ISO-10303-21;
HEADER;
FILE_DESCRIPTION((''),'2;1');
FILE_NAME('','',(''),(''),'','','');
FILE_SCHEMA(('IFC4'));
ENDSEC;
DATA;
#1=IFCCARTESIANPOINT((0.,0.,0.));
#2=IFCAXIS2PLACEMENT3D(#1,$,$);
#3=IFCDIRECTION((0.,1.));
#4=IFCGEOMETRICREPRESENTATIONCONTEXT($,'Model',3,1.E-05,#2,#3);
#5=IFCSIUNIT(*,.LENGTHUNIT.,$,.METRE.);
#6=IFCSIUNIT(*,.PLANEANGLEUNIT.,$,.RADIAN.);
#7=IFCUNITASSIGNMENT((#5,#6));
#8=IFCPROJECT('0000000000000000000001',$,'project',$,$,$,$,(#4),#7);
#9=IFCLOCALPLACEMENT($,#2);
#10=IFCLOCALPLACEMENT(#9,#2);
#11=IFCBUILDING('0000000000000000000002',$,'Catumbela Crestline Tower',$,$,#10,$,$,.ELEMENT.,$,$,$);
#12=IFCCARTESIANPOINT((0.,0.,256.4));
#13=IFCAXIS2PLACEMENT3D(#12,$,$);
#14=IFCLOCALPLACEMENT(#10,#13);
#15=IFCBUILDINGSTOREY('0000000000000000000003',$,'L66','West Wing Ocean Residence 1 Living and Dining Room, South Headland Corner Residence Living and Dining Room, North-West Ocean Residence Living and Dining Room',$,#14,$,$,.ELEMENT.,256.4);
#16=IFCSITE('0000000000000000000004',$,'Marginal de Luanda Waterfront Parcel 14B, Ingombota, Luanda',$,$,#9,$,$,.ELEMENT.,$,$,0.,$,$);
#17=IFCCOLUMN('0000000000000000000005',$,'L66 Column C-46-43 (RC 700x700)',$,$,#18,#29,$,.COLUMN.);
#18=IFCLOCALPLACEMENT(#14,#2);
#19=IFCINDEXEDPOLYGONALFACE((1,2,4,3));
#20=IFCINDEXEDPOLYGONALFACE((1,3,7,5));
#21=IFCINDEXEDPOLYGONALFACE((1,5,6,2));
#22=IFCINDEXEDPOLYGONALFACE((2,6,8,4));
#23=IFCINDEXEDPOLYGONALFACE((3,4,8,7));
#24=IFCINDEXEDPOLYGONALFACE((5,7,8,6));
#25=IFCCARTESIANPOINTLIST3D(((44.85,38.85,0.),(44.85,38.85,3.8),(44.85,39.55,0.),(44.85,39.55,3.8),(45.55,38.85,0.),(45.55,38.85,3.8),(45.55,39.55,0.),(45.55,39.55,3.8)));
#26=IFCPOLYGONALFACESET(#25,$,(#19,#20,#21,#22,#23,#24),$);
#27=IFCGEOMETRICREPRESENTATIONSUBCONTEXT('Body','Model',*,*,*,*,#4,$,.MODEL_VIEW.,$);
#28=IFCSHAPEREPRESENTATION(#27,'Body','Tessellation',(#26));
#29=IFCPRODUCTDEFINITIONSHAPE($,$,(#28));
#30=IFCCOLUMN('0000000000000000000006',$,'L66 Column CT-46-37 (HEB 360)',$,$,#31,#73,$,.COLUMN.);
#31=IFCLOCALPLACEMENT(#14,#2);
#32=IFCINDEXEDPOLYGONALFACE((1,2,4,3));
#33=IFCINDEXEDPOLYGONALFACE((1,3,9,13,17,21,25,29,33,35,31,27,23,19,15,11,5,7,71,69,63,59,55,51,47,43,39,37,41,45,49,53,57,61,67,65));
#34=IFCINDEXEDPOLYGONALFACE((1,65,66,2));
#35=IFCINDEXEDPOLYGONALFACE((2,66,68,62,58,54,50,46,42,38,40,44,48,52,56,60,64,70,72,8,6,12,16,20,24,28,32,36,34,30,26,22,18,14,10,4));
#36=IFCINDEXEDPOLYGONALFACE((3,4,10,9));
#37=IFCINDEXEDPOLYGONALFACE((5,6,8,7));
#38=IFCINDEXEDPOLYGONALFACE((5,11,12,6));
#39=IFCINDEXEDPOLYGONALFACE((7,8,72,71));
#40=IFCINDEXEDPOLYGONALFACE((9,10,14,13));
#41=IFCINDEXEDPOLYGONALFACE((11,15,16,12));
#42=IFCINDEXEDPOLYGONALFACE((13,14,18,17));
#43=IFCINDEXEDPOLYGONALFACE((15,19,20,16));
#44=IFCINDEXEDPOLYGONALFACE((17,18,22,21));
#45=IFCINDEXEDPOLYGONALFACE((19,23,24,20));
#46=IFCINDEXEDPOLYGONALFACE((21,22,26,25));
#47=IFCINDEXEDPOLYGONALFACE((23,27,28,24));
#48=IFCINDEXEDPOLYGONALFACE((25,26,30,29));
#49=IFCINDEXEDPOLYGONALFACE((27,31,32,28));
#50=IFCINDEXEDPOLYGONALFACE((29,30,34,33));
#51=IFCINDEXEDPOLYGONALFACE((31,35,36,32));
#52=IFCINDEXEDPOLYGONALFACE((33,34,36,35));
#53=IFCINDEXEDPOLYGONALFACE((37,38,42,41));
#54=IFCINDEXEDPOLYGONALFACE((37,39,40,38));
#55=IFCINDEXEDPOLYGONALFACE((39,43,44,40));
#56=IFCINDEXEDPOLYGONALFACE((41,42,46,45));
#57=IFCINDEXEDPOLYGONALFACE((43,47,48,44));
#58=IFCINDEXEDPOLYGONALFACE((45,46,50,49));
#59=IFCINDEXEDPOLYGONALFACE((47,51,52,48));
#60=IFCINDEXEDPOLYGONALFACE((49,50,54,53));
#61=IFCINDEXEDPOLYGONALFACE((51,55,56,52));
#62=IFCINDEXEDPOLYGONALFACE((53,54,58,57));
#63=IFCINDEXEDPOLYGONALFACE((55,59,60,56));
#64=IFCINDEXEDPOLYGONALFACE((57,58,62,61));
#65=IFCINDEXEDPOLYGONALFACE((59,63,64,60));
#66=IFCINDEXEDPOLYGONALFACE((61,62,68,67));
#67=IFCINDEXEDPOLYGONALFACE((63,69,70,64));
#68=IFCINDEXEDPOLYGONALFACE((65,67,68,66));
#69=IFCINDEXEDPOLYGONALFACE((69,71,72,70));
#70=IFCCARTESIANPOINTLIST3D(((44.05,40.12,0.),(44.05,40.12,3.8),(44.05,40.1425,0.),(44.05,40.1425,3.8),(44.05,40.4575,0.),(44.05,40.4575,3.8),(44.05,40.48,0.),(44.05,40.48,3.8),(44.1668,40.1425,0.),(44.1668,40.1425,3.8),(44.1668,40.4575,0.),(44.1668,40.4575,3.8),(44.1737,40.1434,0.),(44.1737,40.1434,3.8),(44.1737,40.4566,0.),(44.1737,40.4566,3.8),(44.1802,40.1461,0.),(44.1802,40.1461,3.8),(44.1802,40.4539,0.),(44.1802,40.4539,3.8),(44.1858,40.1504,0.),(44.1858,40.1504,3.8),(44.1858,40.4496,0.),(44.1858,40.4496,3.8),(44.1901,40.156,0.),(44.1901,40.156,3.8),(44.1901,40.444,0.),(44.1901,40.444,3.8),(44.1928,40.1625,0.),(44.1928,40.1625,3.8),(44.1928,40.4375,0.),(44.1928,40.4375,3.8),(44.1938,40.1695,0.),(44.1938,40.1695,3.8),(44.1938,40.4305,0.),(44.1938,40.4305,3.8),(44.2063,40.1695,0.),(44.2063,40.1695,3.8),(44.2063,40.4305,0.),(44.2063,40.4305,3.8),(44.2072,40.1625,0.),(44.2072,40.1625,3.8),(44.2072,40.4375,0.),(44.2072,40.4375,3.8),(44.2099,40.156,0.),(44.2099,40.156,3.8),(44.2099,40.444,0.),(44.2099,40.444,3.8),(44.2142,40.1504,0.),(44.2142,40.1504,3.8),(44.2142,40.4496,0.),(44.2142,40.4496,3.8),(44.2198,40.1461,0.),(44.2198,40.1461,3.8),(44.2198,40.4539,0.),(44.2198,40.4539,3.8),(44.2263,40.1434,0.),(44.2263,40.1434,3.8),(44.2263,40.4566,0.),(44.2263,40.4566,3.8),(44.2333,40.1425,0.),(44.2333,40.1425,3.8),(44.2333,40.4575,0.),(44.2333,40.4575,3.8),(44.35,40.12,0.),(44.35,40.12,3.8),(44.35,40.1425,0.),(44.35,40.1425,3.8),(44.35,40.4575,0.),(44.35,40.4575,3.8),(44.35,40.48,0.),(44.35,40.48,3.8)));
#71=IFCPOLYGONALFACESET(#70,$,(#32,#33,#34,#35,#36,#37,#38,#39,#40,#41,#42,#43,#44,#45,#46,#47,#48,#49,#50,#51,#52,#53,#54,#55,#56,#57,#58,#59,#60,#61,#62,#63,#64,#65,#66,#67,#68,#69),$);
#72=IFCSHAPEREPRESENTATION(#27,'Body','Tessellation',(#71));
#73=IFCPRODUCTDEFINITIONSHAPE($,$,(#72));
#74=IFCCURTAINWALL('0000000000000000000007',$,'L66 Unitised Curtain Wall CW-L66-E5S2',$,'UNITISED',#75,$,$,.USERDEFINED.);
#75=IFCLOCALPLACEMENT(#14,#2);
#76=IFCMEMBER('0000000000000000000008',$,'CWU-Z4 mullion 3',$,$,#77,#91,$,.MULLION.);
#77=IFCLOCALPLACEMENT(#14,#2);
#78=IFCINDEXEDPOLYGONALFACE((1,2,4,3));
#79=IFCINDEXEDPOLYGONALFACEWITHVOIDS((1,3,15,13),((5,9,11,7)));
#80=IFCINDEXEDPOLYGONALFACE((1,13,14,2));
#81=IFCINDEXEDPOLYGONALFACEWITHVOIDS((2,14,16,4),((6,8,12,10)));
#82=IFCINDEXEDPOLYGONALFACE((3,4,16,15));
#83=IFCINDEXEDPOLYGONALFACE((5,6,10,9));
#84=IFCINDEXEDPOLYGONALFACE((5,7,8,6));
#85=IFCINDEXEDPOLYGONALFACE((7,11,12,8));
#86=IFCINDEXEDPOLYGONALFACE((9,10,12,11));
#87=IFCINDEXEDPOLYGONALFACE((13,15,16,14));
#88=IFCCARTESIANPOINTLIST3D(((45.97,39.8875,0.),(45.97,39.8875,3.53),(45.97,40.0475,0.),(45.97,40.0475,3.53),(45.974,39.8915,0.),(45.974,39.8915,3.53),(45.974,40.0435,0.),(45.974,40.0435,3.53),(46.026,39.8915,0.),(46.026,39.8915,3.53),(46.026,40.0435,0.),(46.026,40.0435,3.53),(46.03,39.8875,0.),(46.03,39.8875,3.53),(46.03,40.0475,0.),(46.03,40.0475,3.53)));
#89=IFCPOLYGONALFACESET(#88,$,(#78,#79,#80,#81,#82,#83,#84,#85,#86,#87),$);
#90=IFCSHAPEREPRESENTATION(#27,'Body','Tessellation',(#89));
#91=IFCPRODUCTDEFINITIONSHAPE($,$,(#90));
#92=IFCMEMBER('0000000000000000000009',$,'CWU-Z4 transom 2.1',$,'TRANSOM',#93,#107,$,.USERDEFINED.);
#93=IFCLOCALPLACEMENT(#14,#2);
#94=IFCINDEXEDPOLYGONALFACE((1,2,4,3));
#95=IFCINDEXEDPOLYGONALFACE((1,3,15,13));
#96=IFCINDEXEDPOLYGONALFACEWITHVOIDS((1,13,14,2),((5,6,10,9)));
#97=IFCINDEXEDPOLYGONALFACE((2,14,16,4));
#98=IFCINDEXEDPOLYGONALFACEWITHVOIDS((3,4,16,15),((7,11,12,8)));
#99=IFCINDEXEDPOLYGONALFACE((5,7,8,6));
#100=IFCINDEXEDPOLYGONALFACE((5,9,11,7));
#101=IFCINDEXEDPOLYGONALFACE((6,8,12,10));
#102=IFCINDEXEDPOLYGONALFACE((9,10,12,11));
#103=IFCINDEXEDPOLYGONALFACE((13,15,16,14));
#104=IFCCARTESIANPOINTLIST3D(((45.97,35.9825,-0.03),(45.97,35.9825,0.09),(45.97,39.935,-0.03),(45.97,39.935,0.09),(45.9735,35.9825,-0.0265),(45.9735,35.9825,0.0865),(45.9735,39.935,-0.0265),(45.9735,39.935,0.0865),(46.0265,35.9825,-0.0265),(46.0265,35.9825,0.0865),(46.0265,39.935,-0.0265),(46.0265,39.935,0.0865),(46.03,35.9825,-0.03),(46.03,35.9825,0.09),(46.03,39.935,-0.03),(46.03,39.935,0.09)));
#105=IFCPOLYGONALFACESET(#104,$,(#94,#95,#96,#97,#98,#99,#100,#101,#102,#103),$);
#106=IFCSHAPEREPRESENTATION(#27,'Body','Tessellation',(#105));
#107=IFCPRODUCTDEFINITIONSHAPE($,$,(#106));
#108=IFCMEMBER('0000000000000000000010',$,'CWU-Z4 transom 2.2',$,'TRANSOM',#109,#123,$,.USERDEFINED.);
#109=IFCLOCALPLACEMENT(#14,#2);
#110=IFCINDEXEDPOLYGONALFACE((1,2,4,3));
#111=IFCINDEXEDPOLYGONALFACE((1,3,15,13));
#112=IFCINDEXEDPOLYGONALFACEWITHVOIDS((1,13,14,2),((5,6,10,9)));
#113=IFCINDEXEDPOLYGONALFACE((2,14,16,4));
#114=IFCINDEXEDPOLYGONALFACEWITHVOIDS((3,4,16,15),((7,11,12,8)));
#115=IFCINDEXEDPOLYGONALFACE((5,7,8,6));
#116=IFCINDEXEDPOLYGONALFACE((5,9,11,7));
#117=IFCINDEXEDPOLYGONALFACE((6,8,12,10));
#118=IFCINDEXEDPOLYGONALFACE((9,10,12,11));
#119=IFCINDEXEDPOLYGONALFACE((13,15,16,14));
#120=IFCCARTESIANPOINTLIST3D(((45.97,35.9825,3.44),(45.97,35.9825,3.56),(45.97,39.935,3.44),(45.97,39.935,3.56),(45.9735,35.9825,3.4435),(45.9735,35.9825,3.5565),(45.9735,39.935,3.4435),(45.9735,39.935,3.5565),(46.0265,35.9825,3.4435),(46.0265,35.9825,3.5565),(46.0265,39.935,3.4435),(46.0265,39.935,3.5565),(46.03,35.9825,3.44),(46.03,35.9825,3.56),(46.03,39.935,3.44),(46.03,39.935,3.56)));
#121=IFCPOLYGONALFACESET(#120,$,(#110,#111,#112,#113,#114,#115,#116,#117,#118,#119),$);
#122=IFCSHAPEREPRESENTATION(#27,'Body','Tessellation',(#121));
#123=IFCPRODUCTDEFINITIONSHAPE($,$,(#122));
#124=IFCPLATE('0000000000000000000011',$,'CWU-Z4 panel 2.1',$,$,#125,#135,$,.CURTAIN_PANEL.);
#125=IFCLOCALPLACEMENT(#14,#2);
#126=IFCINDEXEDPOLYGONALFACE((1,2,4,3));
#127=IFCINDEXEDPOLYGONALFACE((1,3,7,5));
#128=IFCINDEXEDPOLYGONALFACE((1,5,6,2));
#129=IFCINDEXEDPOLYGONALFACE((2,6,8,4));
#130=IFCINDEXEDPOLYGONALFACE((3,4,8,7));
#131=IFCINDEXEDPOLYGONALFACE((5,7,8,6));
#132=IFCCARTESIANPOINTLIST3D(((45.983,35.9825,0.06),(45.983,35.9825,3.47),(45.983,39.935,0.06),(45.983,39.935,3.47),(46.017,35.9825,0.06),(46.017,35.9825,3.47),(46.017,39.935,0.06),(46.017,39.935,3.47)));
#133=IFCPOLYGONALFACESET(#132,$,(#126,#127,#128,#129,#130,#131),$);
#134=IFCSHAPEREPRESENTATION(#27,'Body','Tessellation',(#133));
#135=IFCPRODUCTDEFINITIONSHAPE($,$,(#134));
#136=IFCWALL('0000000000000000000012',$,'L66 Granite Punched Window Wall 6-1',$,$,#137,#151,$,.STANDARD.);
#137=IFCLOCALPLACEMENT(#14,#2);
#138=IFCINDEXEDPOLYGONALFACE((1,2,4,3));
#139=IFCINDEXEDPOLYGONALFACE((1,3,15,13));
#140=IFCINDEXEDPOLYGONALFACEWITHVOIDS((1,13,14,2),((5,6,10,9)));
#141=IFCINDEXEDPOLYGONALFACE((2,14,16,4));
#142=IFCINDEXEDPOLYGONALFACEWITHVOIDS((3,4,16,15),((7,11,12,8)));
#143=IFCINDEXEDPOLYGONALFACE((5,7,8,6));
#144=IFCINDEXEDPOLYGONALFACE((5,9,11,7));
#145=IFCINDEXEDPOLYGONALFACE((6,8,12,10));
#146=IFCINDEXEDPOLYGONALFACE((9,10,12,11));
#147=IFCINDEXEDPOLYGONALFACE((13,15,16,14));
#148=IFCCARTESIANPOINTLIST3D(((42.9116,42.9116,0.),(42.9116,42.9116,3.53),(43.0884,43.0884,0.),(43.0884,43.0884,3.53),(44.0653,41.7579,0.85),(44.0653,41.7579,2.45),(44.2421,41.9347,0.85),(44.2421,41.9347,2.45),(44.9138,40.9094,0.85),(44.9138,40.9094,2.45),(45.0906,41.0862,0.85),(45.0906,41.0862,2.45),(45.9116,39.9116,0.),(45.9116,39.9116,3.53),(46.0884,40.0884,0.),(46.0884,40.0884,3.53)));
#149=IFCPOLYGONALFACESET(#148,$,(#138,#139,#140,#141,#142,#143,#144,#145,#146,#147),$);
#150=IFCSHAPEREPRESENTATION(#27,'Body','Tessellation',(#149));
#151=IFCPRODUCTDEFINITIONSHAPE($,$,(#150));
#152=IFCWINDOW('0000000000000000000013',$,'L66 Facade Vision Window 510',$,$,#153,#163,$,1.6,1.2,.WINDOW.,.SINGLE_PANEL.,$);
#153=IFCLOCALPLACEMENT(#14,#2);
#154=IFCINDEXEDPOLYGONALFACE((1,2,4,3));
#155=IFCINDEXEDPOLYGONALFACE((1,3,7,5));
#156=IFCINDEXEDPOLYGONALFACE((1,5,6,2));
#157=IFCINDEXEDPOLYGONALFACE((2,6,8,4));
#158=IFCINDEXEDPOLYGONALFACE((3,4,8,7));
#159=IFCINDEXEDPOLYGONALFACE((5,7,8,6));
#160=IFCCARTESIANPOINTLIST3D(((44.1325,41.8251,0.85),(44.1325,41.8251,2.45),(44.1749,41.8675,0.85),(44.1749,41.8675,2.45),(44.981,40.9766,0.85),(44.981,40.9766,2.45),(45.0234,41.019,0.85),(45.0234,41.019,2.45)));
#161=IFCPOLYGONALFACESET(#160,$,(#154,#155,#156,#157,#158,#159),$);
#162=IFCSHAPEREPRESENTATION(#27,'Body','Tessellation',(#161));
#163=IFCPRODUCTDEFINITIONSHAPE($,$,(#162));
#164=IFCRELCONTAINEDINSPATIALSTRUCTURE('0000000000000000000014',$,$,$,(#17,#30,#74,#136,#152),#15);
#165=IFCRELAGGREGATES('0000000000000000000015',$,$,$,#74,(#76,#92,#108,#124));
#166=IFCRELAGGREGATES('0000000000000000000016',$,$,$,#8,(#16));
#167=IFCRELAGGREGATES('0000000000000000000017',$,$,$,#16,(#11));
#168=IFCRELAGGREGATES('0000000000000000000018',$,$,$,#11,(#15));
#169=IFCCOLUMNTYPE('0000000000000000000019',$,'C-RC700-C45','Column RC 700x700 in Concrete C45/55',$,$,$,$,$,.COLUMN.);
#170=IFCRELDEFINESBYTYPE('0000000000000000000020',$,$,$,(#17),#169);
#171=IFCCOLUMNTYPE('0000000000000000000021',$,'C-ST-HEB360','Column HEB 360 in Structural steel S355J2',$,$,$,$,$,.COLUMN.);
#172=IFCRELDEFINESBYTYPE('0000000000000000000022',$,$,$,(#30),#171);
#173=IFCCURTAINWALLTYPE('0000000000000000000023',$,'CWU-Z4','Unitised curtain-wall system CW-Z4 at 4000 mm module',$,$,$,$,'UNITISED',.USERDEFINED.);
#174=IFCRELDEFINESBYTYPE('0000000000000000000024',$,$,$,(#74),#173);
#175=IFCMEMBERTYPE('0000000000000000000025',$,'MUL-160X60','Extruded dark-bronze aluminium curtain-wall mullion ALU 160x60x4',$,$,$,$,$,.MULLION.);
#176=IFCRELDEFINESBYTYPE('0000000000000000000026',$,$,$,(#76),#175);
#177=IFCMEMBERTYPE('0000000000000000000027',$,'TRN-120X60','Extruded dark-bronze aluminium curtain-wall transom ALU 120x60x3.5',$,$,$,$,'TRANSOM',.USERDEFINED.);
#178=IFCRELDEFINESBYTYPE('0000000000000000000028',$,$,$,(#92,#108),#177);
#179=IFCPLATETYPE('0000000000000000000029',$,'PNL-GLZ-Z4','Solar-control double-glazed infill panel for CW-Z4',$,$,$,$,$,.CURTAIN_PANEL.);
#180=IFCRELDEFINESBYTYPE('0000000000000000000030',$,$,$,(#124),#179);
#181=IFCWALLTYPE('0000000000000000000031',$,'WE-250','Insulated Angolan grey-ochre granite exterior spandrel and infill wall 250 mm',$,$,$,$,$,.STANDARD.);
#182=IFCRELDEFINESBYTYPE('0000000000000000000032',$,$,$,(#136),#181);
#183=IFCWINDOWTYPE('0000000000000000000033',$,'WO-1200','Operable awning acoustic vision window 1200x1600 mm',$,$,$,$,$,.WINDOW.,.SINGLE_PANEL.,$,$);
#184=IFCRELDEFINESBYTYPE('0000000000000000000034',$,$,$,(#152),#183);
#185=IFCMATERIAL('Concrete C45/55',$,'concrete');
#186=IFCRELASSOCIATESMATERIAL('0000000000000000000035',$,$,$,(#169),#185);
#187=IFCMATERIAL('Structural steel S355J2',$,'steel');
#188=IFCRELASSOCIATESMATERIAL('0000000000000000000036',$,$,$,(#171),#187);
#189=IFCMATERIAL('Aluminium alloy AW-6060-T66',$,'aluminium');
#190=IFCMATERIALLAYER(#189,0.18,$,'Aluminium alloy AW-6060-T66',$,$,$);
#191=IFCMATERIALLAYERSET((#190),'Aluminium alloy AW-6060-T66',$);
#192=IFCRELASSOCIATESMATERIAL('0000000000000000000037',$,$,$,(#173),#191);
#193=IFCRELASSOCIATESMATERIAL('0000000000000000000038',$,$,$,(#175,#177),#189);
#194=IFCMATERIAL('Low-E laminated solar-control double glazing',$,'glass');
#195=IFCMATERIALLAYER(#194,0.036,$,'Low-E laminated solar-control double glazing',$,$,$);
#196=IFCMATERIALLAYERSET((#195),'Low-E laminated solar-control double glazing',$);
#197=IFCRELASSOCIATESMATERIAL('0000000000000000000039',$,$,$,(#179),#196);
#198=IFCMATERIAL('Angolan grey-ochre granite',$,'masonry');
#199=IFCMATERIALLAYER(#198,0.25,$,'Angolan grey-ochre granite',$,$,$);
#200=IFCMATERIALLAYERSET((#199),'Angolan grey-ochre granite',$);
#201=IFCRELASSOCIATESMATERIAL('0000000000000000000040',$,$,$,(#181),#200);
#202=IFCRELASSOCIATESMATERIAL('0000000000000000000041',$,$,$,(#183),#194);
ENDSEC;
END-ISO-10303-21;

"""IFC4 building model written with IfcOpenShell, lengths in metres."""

from ifc_helpers import new_model, si_unit, direction, frame, frame_2d, origin, origin_2d, place, context, subcontext, project, spatial, rectangle, hollow_rectangle, i_section, extrude, material, layer, layer_set, material_profile, profile_set, type_object, element, fill, aggregate, save


model = new_model("IFC4")

# Units and contexts
model_context = context("Model", 3, precision=1e-05, world=origin(), true_north=direction((0.0, 1.0)))
body_context = subcontext(model_context, "Body", "Model", "MODEL_VIEW")
ifc_project = project(units=[si_unit("LENGTHUNIT", "METRE"), si_unit("PLANEANGLEUNIT", "RADIAN")], contexts=[model_context])

# Site, building, storey
site_placement = place(None, origin())
site = spatial("IfcSite", under=ifc_project, at=site_placement, Name="Marginal de Luanda Waterfront Parcel 14B, Ingombota, Luanda", CompositionType="ELEMENT", RefElevation=0.0)
building_placement = place(site_placement, origin())
building = spatial("IfcBuilding", under=site, at=building_placement, Name="Catumbela Crestline Tower", CompositionType="ELEMENT")
storey_placement = place(building_placement, frame((0.0, 0.0, 256.4)))
storey = spatial("IfcBuildingStorey", under=building, at=storey_placement, Name="L66", Description="West Wing Ocean Residence 1 Living and Dining Room, South Headland Corner Residence Living and Dining Room, North-West Ocean Residence Living and Dining Room", CompositionType="ELEMENT", Elevation=256.4)

# Columns
ifc_material_1 = material(Name="Concrete C45/55", Category="concrete")
ifc_material_profile_1 = material_profile(ifc_material_1, rectangle(XDim=0.7, YDim=0.7, at=origin_2d()), Name="RC 700x700")
ifc_profile_set_1 = profile_set([ifc_material_profile_1], Name="Concrete C45/55")
column_type_1 = type_object("IfcColumnType", Name="C-RC700-C45", Description="Column RC 700x700 in Concrete C45/55", PredefinedType="COLUMN", material=ifc_profile_set_1)
column_1_placement = place(storey_placement, frame((45.2, 39.2, 0.0), z_axis=(0.0, 0.0, 1.0), x_axis=(1.0, 0.0, 0.0)))
element("IfcColumn", 1, at=column_1_placement, inside=storey, type_object=column_type_1, Name="L66 Column C-46-43 (RC 700x700)", PredefinedType="COLUMN", context=body_context, shape_type="SweptSolid", body=[
    extrude(rectangle(XDim=0.7, YDim=0.7, at=origin_2d()), origin(), (0.0, 0.0, 1.0), 3.8),
])
ifc_material_2 = material(Name="Structural steel S355J2", Category="steel")
ifc_material_profile_2 = material_profile(ifc_material_2, i_section(OverallWidth=0.3, OverallDepth=0.36, WebThickness=0.0125, FlangeThickness=0.0225, FilletRadius=0.027, at=origin_2d()), Name="HEB 360")
ifc_profile_set_2 = profile_set([ifc_material_profile_2], Name="Structural steel S355J2")
column_type_2 = type_object("IfcColumnType", Name="C-ST-HEB360", Description="Column HEB 360 in Structural steel S355J2", PredefinedType="COLUMN", material=ifc_profile_set_2)
column_2_placement = place(storey_placement, frame((44.2, 40.3, 0.0), z_axis=(0.0, 0.0, 1.0), x_axis=(1.0, 0.0, 0.0)))
element("IfcColumn", 2, at=column_2_placement, inside=storey, type_object=column_type_2, Name="L66 Column CT-46-37 (HEB 360)", PredefinedType="COLUMN", context=body_context, shape_type="SweptSolid", body=[
    extrude(i_section(OverallWidth=0.3, OverallDepth=0.36, WebThickness=0.0125, FlangeThickness=0.0225, FilletRadius=0.027, at=origin_2d()), origin(), (0.0, 0.0, 1.0), 3.8),
])

# Curtain wall, members, plate
ifc_material_3 = material(Name="Aluminium alloy AW-6060-T66", Category="aluminium")
ifc_layer_1 = layer(ifc_material_3, 0.18, Name="Aluminium alloy AW-6060-T66")
ifc_layer_set_1 = layer_set([ifc_layer_1], Name="Aluminium alloy AW-6060-T66")
curtain_wall_type = type_object("IfcCurtainWallType", Name="CWU-Z4", Description="Unitised curtain-wall system CW-Z4 at 4000 mm module", ElementType="UNITISED", PredefinedType="USERDEFINED", material=ifc_layer_set_1)
curtain_wall_placement = place(storey_placement, origin())
curtain_wall = element("IfcCurtainWall", 3, at=curtain_wall_placement, inside=storey, type_object=curtain_wall_type, Name="L66 Unitised Curtain Wall CW-L66-E5S2", ObjectType="UNITISED", PredefinedType="USERDEFINED")
ifc_material_profile_3 = material_profile(ifc_material_3, hollow_rectangle(XDim=0.06, YDim=0.16, WallThickness=0.004, at=origin_2d()), Name="ALU 160x60x4")
ifc_profile_set_3 = profile_set([ifc_material_profile_3], Name="Aluminium alloy AW-6060-T66")
member_type_1 = type_object("IfcMemberType", Name="MUL-160X60", Description="Extruded dark-bronze aluminium curtain-wall mullion ALU 160x60x4", PredefinedType="MULLION", material=ifc_profile_set_3)
member_1_placement = place(storey_placement, frame((46.0, 39.9675, 0.0), z_axis=(0.0, 0.0, 1.0), x_axis=(-1.0, 0.0, 0.0)))
member_1 = element("IfcMember", 4, at=member_1_placement, type_object=member_type_1, Name="CWU-Z4 mullion 3", PredefinedType="MULLION", context=body_context, shape_type="SweptSolid", body=[
    extrude(hollow_rectangle(XDim=0.06, YDim=0.16, WallThickness=0.004, at=origin_2d()), origin(), (0.0, 0.0, 1.0), 3.53),
])
ifc_material_profile_4 = material_profile(ifc_material_3, hollow_rectangle(XDim=0.06, YDim=0.12, WallThickness=0.0035, at=origin_2d()), Name="ALU 120x60x3.5")
ifc_profile_set_4 = profile_set([ifc_material_profile_4], Name="Aluminium alloy AW-6060-T66")
member_type_2 = type_object("IfcMemberType", Name="TRN-120X60", Description="Extruded dark-bronze aluminium curtain-wall transom ALU 120x60x3.5", ElementType="TRANSOM", PredefinedType="USERDEFINED", material=ifc_profile_set_4)
member_2_placement = place(storey_placement, frame((46.0, 35.9825, 0.03), z_axis=(0.0, 1.0, 0.0), x_axis=(-1.0, 0.0, 0.0)))
member_2 = element("IfcMember", 5, at=member_2_placement, type_object=member_type_2, Name="CWU-Z4 transom 2.1", ObjectType="TRANSOM", PredefinedType="USERDEFINED", context=body_context, shape_type="SweptSolid", body=[
    extrude(hollow_rectangle(XDim=0.06, YDim=0.12, WallThickness=0.0035, at=origin_2d()), origin(), (0.0, 0.0, 1.0), 3.9525),
])
member_3_placement = place(storey_placement, frame((46.0, 35.9825, 3.5), z_axis=(0.0, 1.0, 0.0), x_axis=(-1.0, 0.0, 0.0)))
member_3 = element("IfcMember", 6, at=member_3_placement, type_object=member_type_2, Name="CWU-Z4 transom 2.2", ObjectType="TRANSOM", PredefinedType="USERDEFINED", context=body_context, shape_type="SweptSolid", body=[
    extrude(hollow_rectangle(XDim=0.06, YDim=0.12, WallThickness=0.0035, at=origin_2d()), origin(), (0.0, 0.0, 1.0), 3.9525),
])
ifc_material_4 = material(Name="Low-E laminated solar-control double glazing", Category="glass")
ifc_layer_2 = layer(ifc_material_4, 0.036, Name="Low-E laminated solar-control double glazing")
ifc_layer_set_2 = layer_set([ifc_layer_2], Name="Low-E laminated solar-control double glazing")
plate_type = type_object("IfcPlateType", Name="PNL-GLZ-Z4", Description="Solar-control double-glazed infill panel for CW-Z4", PredefinedType="CURTAIN_PANEL", material=ifc_layer_set_2)
plate_placement = place(storey_placement, frame((46.0, 37.9588, 0.06), z_axis=(0.0, 0.0, 1.0), x_axis=(0.0, 1.0, 0.0)))
plate = element("IfcPlate", 7, at=plate_placement, type_object=plate_type, Name="CWU-Z4 panel 2.1", PredefinedType="CURTAIN_PANEL", context=body_context, shape_type="SweptSolid", body=[
    extrude(rectangle(XDim=3.9525, YDim=0.034, at=origin_2d()), origin(), (0.0, 0.0, 1.0), 3.41),
])
aggregate(curtain_wall, [member_1, member_2, member_3, plate])

# Wall, opening, window
ifc_material_5 = material(Name="Angolan grey-ochre granite", Category="masonry")
ifc_layer_3 = layer(ifc_material_5, 0.25, Name="Angolan grey-ochre granite")
ifc_layer_set_3 = layer_set([ifc_layer_3], Name="Angolan grey-ochre granite")
wall_type_1 = type_object("IfcWallType", Name="WE-250", Description="Insulated Angolan grey-ochre granite exterior spandrel and infill wall 250 mm", PredefinedType="STANDARD", material=ifc_layer_set_3)
wall_1_placement = place(storey_placement, frame((46.0, 40.0, 0.0), z_axis=(0.0, 0.0, 1.0), x_axis=(-0.707107, 0.707107, 0.0)))
wall_1 = element("IfcWall", 8, at=wall_1_placement, inside=storey, type_object=wall_type_1, Name="L66 Granite Punched Window Wall 6-1", PredefinedType="STANDARD", context=body_context, shape_type="SweptSolid", body=[
    extrude(rectangle(XDim=4.2426, YDim=0.25, at=frame_2d((2.1213, 0.0))), origin(), (0.0, 0.0, 1.0), 3.53),
])
opening_1_placement = place(wall_1_placement, frame((1.4111, 0.0, 0.85)))
opening_1 = element("IfcOpeningElement", 9, at=opening_1_placement, cuts=wall_1, PredefinedType="OPENING", context=body_context, shape_type="SweptSolid", body=[
    extrude(rectangle(XDim=1.2, YDim=1.6, at=frame_2d((0.6, 0.8))), frame((0.0, 0.135, 0.0), z_axis=(0.0, -1.0, 0.0), x_axis=(1.0, 0.0, 0.0)), (0.0, 0.0, 1.0), 0.27),
])
window_type = type_object("IfcWindowType", Name="WO-1200", Description="Operable awning acoustic vision window 1200x1600 mm", PartitioningType="SINGLE_PANEL", PredefinedType="WINDOW", material=ifc_material_4)
window_1_placement = place(opening_1_placement, origin())
window_1 = element("IfcWindow", 10, at=window_1_placement, inside=storey, type_object=window_type, Name="L66 Facade Vision Window 510", OverallHeight=1.6, OverallWidth=1.2, PartitioningType="SINGLE_PANEL", PredefinedType="WINDOW", context=body_context, shape_type="SweptSolid", body=[
    extrude(rectangle(XDim=1.2, YDim=1.6, at=frame_2d((0.6, 0.8))), frame((0.0, 0.03, 0.0), z_axis=(0.0, -1.0, 0.0), x_axis=(1.0, 0.0, 0.0)), (0.0, 0.0, 1.0), 0.06),
])
fill(opening_1, window_1)

save(model, "model.ifc")
